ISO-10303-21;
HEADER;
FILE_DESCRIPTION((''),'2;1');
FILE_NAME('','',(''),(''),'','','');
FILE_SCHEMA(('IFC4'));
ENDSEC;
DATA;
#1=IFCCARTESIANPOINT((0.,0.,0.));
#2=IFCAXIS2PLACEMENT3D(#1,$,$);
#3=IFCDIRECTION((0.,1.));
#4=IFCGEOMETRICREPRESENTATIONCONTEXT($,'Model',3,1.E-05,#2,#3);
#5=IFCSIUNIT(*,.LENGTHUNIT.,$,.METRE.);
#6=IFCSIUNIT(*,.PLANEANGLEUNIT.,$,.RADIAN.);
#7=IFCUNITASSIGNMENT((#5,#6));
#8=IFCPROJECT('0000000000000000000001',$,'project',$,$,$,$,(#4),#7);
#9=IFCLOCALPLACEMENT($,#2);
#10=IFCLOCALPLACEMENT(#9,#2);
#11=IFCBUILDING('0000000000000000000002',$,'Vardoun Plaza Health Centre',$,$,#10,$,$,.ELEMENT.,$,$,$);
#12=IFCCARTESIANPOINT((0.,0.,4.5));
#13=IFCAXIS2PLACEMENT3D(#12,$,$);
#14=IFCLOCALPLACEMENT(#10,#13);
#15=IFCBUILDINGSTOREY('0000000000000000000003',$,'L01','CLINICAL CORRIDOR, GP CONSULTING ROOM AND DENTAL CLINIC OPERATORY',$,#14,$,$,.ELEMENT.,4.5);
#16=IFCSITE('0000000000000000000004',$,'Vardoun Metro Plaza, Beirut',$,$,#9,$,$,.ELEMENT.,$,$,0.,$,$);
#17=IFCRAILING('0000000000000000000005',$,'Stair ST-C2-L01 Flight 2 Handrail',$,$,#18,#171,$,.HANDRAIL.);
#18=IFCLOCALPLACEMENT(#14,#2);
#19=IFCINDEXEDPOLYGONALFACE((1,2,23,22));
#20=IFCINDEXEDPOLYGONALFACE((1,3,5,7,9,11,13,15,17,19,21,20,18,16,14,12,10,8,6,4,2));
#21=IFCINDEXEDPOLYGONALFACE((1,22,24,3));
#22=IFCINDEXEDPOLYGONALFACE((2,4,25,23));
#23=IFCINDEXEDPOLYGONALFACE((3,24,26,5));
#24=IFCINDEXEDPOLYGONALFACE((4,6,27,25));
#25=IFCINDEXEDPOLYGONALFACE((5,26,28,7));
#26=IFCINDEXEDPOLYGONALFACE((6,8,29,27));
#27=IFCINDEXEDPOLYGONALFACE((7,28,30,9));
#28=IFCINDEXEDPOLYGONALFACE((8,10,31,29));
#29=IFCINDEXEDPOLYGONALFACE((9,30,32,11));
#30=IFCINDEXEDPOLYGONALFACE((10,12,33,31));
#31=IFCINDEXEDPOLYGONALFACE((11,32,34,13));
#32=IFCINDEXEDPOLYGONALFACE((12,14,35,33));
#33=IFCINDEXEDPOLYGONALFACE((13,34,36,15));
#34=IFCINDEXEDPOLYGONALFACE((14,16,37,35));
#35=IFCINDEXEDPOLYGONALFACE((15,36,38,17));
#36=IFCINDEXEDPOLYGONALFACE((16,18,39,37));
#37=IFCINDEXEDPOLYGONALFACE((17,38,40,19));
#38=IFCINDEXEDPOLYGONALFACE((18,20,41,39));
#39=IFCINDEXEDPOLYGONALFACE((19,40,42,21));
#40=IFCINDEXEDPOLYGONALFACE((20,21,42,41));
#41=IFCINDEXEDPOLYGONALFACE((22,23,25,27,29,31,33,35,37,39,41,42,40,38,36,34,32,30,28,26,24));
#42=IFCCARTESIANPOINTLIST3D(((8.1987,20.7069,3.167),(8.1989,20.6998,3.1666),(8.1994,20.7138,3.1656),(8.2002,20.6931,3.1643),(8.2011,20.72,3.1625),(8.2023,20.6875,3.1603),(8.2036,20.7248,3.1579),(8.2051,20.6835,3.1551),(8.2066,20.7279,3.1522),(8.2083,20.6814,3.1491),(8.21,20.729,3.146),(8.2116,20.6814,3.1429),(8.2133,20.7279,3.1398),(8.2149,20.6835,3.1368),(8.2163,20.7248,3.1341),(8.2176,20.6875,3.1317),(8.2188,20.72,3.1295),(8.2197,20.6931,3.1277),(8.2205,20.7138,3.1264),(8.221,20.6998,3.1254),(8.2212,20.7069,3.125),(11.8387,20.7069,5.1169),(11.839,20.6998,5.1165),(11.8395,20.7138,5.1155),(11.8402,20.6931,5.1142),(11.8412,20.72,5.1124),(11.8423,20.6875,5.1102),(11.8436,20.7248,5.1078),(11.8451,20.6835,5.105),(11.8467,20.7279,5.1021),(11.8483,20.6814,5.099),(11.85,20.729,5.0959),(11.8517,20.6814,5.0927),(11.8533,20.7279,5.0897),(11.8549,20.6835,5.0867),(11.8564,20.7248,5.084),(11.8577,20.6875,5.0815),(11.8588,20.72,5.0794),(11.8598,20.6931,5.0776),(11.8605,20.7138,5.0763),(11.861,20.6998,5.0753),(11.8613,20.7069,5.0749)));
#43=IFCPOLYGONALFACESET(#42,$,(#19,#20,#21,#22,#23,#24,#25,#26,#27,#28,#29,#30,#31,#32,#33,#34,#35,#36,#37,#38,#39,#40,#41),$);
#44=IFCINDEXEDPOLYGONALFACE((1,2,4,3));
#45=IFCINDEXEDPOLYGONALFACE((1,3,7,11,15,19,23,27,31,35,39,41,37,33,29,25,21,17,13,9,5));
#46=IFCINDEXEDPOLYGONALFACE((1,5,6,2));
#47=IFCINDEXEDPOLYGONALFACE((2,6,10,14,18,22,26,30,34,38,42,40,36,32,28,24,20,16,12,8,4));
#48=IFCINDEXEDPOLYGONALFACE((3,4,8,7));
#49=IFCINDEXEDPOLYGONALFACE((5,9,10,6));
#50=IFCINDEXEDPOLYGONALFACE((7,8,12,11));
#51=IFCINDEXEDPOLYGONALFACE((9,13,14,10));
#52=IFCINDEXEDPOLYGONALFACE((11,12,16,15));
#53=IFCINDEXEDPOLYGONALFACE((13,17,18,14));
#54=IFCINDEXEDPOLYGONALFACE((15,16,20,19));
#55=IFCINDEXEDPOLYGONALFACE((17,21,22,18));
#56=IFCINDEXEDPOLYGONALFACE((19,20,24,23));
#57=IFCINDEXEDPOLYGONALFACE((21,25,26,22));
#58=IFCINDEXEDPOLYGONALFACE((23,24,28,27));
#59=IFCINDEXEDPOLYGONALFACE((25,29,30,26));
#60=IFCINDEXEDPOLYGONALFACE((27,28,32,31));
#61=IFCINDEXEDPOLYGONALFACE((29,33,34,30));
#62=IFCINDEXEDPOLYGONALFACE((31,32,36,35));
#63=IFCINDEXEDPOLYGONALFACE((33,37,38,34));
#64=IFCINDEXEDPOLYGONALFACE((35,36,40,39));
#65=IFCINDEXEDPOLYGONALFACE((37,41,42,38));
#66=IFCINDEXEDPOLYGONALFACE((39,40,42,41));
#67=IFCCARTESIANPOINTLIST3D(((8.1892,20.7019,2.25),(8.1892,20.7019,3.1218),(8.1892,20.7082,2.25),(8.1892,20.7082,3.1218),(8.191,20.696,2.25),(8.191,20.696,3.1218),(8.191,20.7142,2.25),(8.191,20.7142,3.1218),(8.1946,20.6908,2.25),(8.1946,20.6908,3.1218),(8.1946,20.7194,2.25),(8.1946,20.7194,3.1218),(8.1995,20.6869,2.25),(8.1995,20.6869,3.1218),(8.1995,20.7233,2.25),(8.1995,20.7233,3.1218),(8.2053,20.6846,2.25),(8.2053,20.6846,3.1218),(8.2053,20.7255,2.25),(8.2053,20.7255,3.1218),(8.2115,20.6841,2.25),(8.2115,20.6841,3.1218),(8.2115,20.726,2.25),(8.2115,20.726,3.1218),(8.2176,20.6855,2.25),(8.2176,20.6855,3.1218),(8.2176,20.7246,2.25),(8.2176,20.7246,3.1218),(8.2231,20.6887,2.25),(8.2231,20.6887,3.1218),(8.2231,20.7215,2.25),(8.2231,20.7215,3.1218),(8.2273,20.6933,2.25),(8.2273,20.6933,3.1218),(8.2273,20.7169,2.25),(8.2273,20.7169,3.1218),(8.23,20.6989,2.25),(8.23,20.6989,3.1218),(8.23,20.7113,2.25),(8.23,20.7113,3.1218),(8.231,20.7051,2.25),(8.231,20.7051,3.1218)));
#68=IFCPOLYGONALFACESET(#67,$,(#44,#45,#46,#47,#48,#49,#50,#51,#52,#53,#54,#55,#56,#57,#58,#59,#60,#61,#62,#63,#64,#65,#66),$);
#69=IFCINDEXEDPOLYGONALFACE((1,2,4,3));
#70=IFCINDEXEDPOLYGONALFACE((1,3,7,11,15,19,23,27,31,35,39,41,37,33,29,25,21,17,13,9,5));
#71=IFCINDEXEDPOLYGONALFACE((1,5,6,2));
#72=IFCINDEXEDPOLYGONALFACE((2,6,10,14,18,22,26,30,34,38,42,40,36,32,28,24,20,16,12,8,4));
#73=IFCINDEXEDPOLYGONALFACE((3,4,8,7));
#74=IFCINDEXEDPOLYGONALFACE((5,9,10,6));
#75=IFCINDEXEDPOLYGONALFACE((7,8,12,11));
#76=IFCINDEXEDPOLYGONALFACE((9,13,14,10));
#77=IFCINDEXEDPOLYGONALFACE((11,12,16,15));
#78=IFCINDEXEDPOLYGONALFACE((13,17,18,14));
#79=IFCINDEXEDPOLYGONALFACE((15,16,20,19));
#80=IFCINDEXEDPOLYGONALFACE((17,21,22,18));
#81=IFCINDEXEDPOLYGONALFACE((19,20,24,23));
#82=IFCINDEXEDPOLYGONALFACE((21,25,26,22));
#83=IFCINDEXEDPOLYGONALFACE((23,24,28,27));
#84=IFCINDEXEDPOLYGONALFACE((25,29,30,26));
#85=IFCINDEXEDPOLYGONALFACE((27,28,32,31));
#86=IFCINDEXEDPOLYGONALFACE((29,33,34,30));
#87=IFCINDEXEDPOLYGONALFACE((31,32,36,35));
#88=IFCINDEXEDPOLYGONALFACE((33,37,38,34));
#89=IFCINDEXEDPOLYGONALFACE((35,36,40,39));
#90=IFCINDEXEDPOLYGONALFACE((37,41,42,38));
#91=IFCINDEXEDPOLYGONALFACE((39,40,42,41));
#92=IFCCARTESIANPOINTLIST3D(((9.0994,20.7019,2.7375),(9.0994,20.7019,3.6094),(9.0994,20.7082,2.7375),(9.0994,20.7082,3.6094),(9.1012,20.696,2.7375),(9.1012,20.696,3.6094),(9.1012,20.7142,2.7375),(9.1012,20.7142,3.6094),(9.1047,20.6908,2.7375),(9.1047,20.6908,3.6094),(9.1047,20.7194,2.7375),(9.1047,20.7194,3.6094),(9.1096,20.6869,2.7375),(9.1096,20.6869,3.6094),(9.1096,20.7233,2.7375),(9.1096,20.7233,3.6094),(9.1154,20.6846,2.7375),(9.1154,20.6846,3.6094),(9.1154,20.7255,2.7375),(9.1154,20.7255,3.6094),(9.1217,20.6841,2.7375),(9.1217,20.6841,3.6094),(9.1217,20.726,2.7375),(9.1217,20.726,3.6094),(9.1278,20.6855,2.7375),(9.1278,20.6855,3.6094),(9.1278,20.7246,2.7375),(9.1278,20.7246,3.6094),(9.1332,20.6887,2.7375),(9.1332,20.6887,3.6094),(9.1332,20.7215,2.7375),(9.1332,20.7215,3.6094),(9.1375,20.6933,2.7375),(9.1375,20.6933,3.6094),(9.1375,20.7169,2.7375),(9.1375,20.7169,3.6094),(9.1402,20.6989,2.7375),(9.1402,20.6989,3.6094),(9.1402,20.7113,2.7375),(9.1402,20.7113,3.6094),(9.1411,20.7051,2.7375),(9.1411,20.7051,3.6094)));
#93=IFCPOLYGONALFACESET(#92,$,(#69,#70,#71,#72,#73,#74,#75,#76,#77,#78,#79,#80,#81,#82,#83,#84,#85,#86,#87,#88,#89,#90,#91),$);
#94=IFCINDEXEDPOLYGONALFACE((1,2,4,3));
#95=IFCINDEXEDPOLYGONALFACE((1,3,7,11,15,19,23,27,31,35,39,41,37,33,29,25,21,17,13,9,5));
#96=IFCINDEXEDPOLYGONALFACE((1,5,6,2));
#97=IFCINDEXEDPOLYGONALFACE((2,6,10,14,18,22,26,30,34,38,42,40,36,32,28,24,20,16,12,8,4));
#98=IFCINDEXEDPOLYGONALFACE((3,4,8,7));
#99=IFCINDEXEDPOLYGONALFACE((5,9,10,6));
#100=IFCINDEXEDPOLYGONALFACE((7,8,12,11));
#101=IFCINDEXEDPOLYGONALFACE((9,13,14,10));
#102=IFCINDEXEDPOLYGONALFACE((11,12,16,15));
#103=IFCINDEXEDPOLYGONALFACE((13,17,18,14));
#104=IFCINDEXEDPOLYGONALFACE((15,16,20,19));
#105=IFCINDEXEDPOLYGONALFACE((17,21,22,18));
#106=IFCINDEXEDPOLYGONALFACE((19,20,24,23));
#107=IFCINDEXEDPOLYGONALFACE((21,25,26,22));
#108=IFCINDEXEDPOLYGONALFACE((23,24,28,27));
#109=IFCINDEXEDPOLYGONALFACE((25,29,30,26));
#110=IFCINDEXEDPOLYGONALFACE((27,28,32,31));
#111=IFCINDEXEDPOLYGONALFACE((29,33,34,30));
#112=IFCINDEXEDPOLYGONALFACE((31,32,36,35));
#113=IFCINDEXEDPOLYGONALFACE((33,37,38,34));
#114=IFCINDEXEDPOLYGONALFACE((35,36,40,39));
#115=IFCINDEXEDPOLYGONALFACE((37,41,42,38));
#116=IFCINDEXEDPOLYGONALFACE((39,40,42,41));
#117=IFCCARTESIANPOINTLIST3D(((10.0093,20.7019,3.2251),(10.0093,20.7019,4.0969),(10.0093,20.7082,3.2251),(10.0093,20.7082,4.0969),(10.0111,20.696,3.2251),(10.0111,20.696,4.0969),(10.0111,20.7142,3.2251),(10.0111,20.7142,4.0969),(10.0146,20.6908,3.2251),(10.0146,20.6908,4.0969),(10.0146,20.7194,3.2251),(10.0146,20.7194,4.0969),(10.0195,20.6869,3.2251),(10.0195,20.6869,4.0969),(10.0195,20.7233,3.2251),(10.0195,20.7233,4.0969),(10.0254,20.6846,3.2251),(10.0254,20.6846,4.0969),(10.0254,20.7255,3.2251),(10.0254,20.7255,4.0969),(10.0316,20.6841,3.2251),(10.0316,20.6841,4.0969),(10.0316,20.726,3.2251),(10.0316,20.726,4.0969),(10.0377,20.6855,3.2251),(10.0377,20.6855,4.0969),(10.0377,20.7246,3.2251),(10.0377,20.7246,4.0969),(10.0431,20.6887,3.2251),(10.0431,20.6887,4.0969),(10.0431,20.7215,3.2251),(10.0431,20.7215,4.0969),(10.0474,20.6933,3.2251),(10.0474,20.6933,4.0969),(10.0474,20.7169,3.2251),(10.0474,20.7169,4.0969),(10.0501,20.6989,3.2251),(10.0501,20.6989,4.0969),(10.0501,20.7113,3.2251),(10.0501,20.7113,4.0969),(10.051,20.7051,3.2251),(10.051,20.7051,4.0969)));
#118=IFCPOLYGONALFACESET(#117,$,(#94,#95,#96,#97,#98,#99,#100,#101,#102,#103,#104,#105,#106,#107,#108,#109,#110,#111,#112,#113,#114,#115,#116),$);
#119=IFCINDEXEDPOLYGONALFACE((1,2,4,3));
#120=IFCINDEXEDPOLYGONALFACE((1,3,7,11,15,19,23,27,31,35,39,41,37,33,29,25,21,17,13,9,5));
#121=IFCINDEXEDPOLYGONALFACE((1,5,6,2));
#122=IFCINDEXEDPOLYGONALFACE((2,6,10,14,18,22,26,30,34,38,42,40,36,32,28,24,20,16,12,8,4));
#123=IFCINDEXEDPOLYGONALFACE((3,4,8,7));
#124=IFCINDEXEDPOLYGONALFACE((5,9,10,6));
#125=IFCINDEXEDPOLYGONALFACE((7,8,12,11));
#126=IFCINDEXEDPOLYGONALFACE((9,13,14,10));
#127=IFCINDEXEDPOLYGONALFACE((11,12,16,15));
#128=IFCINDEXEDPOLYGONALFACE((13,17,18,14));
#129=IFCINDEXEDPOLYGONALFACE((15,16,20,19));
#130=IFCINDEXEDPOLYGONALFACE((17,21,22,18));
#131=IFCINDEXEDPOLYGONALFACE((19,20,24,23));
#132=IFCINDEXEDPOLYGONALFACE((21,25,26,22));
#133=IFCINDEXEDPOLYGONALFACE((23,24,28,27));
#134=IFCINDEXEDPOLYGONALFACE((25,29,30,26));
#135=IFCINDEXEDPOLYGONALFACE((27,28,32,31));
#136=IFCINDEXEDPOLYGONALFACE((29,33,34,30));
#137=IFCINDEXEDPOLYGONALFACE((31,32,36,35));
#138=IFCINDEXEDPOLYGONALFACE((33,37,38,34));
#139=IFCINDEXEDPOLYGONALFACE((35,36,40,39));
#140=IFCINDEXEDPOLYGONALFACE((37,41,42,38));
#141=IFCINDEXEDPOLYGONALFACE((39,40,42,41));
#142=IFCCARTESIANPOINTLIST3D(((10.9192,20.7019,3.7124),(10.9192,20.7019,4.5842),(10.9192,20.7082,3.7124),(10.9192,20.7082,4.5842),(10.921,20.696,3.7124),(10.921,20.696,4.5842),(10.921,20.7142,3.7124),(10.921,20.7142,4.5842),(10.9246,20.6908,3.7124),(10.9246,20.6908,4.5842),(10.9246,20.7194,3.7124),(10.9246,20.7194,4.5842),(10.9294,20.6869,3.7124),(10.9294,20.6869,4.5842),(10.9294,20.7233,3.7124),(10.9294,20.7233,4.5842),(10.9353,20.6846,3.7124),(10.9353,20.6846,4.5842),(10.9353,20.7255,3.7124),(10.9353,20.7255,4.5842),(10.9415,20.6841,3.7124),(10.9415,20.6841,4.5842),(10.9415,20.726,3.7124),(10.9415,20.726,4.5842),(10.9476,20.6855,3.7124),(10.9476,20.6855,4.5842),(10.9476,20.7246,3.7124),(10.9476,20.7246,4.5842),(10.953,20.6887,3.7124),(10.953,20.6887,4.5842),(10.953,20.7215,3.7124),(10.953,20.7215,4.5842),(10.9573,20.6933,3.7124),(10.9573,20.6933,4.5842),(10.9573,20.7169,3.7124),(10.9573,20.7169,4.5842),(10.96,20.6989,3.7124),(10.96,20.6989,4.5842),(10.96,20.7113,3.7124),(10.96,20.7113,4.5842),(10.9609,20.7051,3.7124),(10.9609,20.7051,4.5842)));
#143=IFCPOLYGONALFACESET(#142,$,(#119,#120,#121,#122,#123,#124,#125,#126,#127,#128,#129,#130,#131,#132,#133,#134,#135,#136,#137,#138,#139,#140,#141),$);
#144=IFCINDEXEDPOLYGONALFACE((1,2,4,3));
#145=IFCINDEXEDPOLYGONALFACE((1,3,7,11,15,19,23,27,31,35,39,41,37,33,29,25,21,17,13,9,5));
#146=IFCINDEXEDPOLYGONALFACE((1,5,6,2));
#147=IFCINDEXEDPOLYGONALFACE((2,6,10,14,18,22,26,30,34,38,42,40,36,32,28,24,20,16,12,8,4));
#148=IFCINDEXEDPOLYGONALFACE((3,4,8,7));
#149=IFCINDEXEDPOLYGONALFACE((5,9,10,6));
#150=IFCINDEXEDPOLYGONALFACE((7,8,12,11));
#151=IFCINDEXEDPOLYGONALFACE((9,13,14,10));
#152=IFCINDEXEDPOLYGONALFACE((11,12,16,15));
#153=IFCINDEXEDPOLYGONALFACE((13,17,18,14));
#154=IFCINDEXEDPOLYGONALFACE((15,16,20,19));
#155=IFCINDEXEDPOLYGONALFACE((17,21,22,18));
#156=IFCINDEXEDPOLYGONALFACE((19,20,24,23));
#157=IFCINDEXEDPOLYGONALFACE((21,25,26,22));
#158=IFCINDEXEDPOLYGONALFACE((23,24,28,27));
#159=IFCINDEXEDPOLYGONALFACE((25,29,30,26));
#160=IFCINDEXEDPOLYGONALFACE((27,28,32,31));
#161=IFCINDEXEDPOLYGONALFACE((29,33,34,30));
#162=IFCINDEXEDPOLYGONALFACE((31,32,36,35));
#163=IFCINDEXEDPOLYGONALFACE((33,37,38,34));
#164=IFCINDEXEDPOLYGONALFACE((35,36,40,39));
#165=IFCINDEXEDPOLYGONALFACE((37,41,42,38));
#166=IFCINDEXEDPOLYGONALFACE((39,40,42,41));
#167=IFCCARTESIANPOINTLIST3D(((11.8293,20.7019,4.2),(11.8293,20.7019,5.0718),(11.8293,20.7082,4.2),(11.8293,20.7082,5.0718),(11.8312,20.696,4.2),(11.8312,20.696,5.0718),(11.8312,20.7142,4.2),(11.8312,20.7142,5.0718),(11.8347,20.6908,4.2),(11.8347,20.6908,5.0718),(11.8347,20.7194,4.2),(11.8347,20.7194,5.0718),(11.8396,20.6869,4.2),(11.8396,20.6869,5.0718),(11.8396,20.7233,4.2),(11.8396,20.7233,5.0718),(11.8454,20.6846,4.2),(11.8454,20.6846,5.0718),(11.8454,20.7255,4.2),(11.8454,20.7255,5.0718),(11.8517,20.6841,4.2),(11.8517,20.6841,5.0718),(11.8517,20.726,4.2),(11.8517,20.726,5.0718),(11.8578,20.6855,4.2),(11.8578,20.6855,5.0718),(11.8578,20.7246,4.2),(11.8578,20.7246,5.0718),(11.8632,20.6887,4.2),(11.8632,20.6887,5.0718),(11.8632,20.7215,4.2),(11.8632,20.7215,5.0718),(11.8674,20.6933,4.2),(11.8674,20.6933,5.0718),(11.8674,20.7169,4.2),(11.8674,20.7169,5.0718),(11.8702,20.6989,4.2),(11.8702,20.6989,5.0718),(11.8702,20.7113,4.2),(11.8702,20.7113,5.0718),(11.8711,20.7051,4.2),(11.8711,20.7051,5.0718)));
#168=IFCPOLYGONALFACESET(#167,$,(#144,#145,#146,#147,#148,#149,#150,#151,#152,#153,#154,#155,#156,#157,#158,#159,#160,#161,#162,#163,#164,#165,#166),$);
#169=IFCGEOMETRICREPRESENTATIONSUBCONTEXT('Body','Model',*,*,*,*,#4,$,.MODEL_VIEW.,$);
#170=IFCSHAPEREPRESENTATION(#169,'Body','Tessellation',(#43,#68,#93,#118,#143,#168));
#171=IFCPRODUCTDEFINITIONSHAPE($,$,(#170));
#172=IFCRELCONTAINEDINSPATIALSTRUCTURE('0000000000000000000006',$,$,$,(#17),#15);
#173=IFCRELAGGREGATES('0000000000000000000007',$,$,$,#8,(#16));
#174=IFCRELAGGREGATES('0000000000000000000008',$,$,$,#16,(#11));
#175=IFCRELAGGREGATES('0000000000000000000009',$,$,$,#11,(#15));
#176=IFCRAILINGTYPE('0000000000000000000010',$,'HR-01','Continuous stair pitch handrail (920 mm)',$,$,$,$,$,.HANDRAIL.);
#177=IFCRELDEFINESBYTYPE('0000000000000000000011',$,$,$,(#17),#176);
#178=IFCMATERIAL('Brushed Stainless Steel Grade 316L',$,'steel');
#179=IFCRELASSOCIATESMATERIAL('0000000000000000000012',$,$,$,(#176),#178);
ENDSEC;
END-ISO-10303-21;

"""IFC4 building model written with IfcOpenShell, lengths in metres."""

from ifc_helpers import new_model, si_unit, direction, frame, origin, origin_2d, place, context, subcontext, project, spatial, circle, extrude, material, type_object, element, save


model = new_model("IFC4")

# Units and contexts
model_context = context("Model", 3, precision=1e-05, world=origin(), true_north=direction((0.0, 1.0)))
body_context = subcontext(model_context, "Body", "Model", "MODEL_VIEW")
ifc_project = project(units=[si_unit("LENGTHUNIT", "METRE"), si_unit("PLANEANGLEUNIT", "RADIAN")], contexts=[model_context])

# Site, building, storey
site_placement = place(None, origin())
site = spatial("IfcSite", under=ifc_project, at=site_placement, Name="Vardoun Metro Plaza, Beirut", CompositionType="ELEMENT", RefElevation=0.0)
building_placement = place(site_placement, origin())
building = spatial("IfcBuilding", under=site, at=building_placement, Name="Vardoun Plaza Health Centre", CompositionType="ELEMENT")
storey_placement = place(building_placement, frame((0.0, 0.0, 4.5)))
storey = spatial("IfcBuildingStorey", under=building, at=storey_placement, Name="L01", Description="CLINICAL CORRIDOR, GP CONSULTING ROOM AND DENTAL CLINIC OPERATORY", CompositionType="ELEMENT", Elevation=4.5)

# Railing
ifc_material_1 = material(Name="Brushed Stainless Steel Grade 316L", Category="steel")
railing_type_1 = type_object("IfcRailingType", Name="HR-01", Description="Continuous stair pitch handrail (920 mm)", PredefinedType="HANDRAIL", material=ifc_material_1)
railing_1_placement = place(storey_placement, frame((8.21, 20.7051, 2.25)))
element("IfcRailing", 1, at=railing_1_placement, inside=storey, type_object=railing_type_1, Name="Stair ST-C2-L01 Flight 2 Handrail", PredefinedType="HANDRAIL", context=body_context, shape_type="SweptSolid", body=[
    extrude(circle(Radius=0.0239, at=origin_2d()), frame((0.0, 0.0, 0.896), z_axis=(0.881492, 0.0, 0.472198), x_axis=(0.0, 1.0, 0.0)), (0.0, 0.0, 1.0), 4.1294),
    extrude(circle(Radius=0.021, at=origin_2d()), origin(), (0.0, 0.0, 1.0), 0.8718),
    extrude(circle(Radius=0.021, at=origin_2d()), frame((0.9102, 0.0, 0.4875)), (0.0, 0.0, 1.0), 0.8718),
    extrude(circle(Radius=0.021, at=origin_2d()), frame((1.8201, 0.0, 0.9751)), (0.0, 0.0, 1.0), 0.8718),
    extrude(circle(Radius=0.021, at=origin_2d()), frame((2.73, 0.0, 1.4624)), (0.0, 0.0, 1.0), 0.8718),
    extrude(circle(Radius=0.021, at=origin_2d()), frame((3.6401, 0.0, 1.95)), (0.0, 0.0, 1.0), 0.8718),
])

save(model, "model.ifc")
